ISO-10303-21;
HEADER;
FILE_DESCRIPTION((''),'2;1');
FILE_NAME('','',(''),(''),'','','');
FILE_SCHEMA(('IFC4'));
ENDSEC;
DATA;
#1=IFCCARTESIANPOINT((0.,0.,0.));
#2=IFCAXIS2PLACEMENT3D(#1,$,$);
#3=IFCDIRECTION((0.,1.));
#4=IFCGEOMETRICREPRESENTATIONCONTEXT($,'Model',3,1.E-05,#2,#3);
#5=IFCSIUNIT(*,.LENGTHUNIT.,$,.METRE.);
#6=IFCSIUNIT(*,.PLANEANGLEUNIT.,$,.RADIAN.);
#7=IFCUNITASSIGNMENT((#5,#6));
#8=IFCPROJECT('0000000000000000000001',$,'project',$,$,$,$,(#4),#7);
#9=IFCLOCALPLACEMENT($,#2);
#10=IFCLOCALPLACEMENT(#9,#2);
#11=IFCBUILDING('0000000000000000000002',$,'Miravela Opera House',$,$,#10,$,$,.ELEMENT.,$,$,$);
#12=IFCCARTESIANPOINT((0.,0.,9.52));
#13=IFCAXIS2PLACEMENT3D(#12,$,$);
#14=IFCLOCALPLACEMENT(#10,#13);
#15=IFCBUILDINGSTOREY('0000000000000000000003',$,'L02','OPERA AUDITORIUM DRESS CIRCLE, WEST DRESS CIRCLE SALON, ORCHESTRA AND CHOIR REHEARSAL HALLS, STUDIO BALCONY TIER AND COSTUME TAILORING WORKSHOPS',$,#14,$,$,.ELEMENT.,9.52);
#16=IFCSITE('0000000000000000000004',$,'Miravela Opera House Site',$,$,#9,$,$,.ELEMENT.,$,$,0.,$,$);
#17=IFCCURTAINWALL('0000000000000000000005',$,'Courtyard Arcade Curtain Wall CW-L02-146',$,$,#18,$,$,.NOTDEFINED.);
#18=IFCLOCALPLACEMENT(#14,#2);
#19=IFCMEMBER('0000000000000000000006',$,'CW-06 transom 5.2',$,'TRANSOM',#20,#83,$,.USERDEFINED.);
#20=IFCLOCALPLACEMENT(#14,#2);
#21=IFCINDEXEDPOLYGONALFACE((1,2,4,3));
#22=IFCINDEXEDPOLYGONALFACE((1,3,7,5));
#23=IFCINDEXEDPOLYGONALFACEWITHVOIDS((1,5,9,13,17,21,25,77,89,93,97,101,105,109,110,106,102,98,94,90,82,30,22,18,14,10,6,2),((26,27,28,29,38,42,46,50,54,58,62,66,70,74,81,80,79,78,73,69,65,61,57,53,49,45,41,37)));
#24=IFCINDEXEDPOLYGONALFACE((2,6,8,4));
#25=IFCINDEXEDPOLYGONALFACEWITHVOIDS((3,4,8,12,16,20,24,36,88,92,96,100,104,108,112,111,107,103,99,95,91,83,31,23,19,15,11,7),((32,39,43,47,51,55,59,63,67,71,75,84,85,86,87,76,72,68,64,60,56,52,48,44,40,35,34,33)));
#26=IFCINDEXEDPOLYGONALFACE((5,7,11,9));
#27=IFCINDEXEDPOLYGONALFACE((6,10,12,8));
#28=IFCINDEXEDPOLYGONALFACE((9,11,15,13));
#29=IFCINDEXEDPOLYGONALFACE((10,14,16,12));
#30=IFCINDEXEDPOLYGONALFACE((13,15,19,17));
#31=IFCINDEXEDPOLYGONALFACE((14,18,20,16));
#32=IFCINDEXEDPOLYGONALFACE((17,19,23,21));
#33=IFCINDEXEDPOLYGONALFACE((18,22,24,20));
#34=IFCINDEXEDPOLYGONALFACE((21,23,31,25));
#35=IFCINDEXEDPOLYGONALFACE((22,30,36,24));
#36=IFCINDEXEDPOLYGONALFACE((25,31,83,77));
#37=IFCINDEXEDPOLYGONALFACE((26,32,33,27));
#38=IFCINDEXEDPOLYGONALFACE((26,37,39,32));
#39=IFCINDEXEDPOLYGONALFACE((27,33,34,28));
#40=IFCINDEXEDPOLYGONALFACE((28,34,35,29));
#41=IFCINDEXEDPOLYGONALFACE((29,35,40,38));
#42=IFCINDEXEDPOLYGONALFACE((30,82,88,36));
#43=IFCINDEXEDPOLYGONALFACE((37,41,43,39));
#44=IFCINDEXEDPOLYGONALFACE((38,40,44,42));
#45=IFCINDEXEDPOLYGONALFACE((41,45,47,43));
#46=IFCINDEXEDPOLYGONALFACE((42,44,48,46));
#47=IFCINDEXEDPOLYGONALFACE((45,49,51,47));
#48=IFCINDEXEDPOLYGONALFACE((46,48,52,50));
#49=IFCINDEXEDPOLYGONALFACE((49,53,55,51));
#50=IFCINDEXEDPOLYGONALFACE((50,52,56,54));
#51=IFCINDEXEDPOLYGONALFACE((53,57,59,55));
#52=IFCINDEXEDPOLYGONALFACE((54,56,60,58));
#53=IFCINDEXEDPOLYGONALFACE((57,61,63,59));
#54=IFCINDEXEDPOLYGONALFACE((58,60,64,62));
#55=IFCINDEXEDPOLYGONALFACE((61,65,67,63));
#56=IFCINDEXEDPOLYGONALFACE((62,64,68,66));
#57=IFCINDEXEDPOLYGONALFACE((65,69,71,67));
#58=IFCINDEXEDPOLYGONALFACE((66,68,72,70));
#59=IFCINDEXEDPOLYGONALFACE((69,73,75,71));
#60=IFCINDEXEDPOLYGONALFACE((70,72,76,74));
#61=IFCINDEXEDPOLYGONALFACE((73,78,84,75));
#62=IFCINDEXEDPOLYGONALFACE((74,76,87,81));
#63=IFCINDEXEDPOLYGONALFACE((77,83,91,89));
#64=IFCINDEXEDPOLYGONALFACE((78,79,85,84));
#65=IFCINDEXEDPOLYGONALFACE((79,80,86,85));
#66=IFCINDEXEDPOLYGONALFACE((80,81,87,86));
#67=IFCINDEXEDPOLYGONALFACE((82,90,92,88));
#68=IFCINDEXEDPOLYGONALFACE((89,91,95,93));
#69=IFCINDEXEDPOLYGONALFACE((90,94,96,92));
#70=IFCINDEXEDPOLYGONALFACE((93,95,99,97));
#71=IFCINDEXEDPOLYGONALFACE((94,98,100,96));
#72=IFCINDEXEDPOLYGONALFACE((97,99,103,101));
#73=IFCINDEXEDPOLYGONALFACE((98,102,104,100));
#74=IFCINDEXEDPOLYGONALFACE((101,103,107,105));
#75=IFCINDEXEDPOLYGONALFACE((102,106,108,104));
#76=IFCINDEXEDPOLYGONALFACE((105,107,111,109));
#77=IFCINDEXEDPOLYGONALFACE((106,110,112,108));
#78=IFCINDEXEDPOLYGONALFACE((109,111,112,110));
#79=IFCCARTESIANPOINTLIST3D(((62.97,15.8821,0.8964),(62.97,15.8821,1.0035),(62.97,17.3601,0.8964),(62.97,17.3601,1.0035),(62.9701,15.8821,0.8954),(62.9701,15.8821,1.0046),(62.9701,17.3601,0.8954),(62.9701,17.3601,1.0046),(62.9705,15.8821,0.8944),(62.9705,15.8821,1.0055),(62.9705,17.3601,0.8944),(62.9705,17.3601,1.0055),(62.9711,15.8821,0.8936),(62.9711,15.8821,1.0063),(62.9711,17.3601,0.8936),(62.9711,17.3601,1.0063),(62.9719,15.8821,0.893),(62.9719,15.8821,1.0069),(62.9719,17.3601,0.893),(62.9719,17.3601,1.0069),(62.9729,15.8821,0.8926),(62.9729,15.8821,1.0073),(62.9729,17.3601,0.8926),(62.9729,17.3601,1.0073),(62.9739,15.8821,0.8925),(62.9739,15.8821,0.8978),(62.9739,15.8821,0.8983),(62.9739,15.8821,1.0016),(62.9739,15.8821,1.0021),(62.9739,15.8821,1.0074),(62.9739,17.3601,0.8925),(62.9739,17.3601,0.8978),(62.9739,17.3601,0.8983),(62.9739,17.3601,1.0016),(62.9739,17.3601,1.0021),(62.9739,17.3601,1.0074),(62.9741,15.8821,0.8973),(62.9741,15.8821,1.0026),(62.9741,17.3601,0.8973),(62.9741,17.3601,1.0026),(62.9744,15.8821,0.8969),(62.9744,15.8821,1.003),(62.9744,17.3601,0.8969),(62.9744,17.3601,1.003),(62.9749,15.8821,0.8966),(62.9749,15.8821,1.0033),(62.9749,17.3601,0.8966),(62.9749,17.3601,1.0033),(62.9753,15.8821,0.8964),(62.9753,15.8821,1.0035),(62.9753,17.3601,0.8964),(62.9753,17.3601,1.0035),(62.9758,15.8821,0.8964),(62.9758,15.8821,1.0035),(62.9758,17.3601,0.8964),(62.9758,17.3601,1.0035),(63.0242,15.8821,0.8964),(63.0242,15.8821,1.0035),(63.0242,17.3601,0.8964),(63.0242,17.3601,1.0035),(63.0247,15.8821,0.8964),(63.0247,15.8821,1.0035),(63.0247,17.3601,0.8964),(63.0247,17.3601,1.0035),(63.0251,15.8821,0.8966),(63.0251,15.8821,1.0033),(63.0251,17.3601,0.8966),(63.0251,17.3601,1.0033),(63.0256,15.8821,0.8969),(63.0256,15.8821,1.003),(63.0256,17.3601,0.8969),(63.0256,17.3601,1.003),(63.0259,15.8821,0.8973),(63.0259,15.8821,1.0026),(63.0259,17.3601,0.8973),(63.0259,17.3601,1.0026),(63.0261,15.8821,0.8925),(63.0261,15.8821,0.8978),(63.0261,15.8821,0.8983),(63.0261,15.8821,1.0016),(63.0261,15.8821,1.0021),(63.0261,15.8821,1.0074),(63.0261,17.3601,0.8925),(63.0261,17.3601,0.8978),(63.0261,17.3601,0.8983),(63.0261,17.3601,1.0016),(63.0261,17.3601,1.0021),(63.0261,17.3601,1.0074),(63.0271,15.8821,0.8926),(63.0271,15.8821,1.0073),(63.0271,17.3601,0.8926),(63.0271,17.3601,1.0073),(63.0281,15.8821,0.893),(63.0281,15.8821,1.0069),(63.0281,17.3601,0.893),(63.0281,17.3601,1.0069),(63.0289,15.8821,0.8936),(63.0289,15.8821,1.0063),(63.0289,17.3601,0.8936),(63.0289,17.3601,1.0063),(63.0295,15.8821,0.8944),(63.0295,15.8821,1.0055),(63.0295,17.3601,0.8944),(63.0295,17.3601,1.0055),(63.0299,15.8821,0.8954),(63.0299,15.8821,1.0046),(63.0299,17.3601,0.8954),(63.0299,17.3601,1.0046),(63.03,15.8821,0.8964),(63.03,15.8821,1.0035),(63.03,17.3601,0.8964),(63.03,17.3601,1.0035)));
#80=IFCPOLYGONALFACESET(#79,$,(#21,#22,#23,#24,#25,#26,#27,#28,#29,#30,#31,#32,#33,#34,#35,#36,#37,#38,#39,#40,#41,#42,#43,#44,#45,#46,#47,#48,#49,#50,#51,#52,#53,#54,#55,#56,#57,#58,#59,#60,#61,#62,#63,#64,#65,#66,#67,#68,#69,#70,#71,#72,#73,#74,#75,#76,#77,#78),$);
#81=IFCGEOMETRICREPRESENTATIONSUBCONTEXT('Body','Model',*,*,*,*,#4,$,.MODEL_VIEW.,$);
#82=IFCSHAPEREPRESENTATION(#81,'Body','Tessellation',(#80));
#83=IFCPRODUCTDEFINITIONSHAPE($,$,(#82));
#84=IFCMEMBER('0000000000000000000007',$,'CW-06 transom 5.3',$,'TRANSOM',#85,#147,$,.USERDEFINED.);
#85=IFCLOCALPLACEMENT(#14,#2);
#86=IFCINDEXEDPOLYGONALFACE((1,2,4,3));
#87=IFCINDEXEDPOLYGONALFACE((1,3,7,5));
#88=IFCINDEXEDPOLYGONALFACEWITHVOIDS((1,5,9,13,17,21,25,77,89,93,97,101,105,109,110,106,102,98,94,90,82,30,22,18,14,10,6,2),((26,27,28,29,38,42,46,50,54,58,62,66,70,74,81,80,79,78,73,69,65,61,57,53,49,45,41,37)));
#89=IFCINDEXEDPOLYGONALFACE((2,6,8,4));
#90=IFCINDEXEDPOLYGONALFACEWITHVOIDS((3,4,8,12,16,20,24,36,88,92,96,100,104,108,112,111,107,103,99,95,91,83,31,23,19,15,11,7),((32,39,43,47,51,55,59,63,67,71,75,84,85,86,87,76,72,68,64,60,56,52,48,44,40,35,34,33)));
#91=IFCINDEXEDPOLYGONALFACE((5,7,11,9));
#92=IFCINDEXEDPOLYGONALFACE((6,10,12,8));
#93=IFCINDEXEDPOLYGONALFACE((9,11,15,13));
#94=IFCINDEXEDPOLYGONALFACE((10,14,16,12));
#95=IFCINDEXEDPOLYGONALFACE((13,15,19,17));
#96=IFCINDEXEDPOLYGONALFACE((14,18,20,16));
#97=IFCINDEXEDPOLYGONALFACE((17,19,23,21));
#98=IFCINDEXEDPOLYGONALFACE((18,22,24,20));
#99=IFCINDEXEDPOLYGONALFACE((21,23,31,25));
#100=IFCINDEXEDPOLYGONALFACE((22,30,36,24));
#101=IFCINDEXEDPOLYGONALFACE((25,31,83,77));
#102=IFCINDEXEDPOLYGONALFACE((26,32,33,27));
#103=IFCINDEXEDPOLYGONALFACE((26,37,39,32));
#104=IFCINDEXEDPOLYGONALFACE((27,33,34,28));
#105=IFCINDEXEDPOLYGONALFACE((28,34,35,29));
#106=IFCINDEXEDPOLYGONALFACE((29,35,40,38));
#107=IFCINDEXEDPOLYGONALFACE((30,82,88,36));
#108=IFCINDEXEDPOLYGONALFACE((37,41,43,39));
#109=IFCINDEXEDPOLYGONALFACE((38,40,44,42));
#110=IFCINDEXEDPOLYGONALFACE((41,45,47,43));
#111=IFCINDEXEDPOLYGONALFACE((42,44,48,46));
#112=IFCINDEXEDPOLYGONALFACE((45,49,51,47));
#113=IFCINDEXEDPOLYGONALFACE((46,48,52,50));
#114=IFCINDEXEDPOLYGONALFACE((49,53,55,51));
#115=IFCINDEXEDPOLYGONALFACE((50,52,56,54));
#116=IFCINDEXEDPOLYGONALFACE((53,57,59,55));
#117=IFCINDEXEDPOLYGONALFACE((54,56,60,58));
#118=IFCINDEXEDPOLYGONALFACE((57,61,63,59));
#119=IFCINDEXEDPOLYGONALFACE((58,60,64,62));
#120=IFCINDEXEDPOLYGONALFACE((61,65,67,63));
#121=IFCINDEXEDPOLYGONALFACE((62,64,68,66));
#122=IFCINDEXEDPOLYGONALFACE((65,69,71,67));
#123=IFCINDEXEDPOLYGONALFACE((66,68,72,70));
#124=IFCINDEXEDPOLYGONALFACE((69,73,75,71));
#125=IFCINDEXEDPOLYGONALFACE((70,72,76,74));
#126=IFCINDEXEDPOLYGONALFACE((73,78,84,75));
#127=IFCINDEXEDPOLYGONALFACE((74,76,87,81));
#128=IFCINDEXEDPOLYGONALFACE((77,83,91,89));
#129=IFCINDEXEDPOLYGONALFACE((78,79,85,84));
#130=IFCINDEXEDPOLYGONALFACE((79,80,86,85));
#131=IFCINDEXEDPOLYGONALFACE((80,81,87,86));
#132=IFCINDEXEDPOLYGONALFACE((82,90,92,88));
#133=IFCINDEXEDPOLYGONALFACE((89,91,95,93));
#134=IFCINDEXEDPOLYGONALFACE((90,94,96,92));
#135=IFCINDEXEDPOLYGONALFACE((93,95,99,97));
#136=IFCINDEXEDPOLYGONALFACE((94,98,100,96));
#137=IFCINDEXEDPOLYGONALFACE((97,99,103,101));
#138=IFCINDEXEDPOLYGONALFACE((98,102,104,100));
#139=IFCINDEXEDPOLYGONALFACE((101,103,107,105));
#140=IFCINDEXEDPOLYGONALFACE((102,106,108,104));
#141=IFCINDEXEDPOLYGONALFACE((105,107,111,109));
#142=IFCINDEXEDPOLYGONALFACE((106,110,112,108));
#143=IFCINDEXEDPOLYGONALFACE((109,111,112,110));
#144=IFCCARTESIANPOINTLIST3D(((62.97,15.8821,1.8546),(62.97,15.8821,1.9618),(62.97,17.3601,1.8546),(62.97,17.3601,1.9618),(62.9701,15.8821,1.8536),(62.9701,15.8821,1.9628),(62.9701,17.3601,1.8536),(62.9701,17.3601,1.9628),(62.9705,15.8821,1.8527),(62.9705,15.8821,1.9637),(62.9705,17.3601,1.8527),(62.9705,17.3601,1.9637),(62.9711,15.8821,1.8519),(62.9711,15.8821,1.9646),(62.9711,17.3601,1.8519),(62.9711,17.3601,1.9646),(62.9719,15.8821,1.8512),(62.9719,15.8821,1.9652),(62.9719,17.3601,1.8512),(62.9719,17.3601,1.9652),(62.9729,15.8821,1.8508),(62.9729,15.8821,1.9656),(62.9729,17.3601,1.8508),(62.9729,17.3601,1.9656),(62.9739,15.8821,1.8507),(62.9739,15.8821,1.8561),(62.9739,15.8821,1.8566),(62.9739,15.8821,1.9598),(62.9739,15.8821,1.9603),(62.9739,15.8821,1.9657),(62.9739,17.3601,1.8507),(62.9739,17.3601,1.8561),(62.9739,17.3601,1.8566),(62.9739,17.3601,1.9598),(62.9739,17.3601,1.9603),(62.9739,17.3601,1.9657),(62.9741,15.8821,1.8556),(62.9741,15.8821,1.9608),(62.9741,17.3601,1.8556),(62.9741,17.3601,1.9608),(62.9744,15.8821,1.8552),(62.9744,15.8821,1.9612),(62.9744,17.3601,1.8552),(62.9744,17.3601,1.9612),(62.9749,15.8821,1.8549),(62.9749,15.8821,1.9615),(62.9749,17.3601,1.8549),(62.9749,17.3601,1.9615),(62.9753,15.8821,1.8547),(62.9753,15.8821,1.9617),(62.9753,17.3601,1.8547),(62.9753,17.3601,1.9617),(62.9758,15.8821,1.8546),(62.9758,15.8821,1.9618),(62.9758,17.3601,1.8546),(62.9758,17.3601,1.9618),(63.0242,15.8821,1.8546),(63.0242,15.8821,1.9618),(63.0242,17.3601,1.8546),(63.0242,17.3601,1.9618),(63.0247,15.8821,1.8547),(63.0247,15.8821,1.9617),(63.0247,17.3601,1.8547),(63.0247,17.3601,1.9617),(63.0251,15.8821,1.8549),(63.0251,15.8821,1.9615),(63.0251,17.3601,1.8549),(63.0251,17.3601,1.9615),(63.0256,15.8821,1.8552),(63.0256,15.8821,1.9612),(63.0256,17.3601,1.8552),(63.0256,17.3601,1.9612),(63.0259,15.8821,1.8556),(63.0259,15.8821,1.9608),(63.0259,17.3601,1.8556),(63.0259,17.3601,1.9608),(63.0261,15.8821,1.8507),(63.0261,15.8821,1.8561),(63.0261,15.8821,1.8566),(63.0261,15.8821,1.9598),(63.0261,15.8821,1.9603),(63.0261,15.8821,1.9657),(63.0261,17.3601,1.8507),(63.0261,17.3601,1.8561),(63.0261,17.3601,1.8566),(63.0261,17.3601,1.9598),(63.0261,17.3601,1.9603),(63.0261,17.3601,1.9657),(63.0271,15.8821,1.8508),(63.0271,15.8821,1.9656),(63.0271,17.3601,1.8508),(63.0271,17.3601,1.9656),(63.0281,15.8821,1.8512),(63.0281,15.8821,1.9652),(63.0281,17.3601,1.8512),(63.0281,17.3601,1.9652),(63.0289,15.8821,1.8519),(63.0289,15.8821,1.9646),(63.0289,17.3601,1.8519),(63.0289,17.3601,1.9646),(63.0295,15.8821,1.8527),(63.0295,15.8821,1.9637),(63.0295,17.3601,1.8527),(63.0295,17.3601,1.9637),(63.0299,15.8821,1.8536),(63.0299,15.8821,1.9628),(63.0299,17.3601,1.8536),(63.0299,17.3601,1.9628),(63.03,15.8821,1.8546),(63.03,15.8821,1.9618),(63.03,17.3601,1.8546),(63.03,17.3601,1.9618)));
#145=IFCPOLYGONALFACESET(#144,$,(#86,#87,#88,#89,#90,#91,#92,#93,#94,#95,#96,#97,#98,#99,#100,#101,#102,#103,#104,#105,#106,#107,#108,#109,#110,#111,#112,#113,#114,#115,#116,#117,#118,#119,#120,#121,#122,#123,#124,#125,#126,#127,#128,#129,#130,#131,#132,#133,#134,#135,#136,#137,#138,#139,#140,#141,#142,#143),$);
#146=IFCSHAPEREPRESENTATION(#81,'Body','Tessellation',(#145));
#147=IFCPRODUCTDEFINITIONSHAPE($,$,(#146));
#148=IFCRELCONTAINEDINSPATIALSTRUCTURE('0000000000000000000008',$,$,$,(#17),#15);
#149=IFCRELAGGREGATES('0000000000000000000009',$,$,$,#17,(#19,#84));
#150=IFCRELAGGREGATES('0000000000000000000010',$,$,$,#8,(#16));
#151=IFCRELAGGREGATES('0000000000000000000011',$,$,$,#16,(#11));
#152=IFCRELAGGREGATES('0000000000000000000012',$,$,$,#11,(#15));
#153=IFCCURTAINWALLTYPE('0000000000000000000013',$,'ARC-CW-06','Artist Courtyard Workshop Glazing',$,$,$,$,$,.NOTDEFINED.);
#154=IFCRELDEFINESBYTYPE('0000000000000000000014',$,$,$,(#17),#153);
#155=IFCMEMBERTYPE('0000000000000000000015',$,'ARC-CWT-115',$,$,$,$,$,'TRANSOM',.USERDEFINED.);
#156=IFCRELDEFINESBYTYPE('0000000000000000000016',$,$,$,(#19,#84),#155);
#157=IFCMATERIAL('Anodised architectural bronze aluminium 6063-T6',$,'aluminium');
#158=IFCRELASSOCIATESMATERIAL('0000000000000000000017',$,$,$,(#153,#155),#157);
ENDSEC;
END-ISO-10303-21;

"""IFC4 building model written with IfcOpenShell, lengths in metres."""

from ifc_helpers import new_model, si_unit, direction, frame, origin, origin_2d, place, context, subcontext, project, spatial, hollow_rectangle, extrude, material, material_profile, profile_set, type_object, element, aggregate, save


model = new_model("IFC4")

# Units and contexts
model_context = context("Model", 3, precision=1e-05, world=origin(), true_north=direction((0.0, 1.0)))
body_context = subcontext(model_context, "Body", "Model", "MODEL_VIEW")
ifc_project = project(units=[si_unit("LENGTHUNIT", "METRE"), si_unit("PLANEANGLEUNIT", "RADIAN")], contexts=[model_context])

# Site, building, storey
site_placement = place(None, origin())
site = spatial("IfcSite", under=ifc_project, at=site_placement, Name="Miravela Opera House Site", CompositionType="ELEMENT", RefElevation=0.0)
building_placement = place(site_placement, origin())
building = spatial("IfcBuilding", under=site, at=building_placement, Name="Miravela Opera House", CompositionType="ELEMENT")
storey_placement = place(building_placement, frame((0.0, 0.0, 9.52)))
storey = spatial("IfcBuildingStorey", under=building, at=storey_placement, Name="L02", Description="OPERA AUDITORIUM DRESS CIRCLE, WEST DRESS CIRCLE SALON, ORCHESTRA AND CHOIR REHEARSAL HALLS, STUDIO BALCONY TIER AND COSTUME TAILORING WORKSHOPS", CompositionType="ELEMENT", Elevation=9.52)

# Curtain wall
ifc_material_1 = material(Name="Anodised architectural bronze aluminium 6063-T6", Category="aluminium")
curtain_wall_type = type_object("IfcCurtainWallType", Name="ARC-CW-06", Description="Artist Courtyard Workshop Glazing", PredefinedType="NOTDEFINED", material=ifc_material_1)
curtain_wall_1_placement = place(storey_placement, origin())
curtain_wall_1 = element("IfcCurtainWall", 1, at=curtain_wall_1_placement, inside=storey, type_object=curtain_wall_type, Name="Courtyard Arcade Curtain Wall CW-L02-146", PredefinedType="NOTDEFINED")

# Members
ifc_material_profile_1 = material_profile(ifc_material_1, hollow_rectangle(XDim=0.0601, YDim=0.115, WallThickness=0.0039, InnerFilletRadius=0.002, OuterFilletRadius=0.0039, at=origin_2d()), Name="CWT-60X115")
ifc_profile_set_1 = profile_set([ifc_material_profile_1])
member_type_1 = type_object("IfcMemberType", Name="ARC-CWT-115", ElementType="TRANSOM", PredefinedType="USERDEFINED", material=ifc_profile_set_1)
member_1_placement = place(storey_placement, frame((63.0, 15.8821, 0.95), z_axis=(0.0, 1.0, 0.0), x_axis=(-1.0, 0.0, 0.0)))
member_1 = element("IfcMember", 2, at=member_1_placement, type_object=member_type_1, Name="CW-06 transom 5.2", ObjectType="TRANSOM", PredefinedType="USERDEFINED", context=body_context, shape_type="SweptSolid", body=[
    extrude(hollow_rectangle(XDim=0.0601, YDim=0.115, WallThickness=0.0039, InnerFilletRadius=0.002, OuterFilletRadius=0.0039, at=origin_2d()), origin(), (0.0, 0.0, 1.0), 1.478),
])
member_2_placement = place(storey_placement, frame((63.0, 15.8821, 1.9082), z_axis=(0.0, 1.0, 0.0), x_axis=(-1.0, 0.0, 0.0)))
member_2 = element("IfcMember", 3, at=member_2_placement, type_object=member_type_1, Name="CW-06 transom 5.3", ObjectType="TRANSOM", PredefinedType="USERDEFINED", context=body_context, shape_type="SweptSolid", body=[
    extrude(hollow_rectangle(XDim=0.0601, YDim=0.115, WallThickness=0.0039, InnerFilletRadius=0.002, OuterFilletRadius=0.0039, at=origin_2d()), origin(), (0.0, 0.0, 1.0), 1.478),
])

aggregate(curtain_wall_1, [member_1, member_2])

save(model, "model.ifc")
